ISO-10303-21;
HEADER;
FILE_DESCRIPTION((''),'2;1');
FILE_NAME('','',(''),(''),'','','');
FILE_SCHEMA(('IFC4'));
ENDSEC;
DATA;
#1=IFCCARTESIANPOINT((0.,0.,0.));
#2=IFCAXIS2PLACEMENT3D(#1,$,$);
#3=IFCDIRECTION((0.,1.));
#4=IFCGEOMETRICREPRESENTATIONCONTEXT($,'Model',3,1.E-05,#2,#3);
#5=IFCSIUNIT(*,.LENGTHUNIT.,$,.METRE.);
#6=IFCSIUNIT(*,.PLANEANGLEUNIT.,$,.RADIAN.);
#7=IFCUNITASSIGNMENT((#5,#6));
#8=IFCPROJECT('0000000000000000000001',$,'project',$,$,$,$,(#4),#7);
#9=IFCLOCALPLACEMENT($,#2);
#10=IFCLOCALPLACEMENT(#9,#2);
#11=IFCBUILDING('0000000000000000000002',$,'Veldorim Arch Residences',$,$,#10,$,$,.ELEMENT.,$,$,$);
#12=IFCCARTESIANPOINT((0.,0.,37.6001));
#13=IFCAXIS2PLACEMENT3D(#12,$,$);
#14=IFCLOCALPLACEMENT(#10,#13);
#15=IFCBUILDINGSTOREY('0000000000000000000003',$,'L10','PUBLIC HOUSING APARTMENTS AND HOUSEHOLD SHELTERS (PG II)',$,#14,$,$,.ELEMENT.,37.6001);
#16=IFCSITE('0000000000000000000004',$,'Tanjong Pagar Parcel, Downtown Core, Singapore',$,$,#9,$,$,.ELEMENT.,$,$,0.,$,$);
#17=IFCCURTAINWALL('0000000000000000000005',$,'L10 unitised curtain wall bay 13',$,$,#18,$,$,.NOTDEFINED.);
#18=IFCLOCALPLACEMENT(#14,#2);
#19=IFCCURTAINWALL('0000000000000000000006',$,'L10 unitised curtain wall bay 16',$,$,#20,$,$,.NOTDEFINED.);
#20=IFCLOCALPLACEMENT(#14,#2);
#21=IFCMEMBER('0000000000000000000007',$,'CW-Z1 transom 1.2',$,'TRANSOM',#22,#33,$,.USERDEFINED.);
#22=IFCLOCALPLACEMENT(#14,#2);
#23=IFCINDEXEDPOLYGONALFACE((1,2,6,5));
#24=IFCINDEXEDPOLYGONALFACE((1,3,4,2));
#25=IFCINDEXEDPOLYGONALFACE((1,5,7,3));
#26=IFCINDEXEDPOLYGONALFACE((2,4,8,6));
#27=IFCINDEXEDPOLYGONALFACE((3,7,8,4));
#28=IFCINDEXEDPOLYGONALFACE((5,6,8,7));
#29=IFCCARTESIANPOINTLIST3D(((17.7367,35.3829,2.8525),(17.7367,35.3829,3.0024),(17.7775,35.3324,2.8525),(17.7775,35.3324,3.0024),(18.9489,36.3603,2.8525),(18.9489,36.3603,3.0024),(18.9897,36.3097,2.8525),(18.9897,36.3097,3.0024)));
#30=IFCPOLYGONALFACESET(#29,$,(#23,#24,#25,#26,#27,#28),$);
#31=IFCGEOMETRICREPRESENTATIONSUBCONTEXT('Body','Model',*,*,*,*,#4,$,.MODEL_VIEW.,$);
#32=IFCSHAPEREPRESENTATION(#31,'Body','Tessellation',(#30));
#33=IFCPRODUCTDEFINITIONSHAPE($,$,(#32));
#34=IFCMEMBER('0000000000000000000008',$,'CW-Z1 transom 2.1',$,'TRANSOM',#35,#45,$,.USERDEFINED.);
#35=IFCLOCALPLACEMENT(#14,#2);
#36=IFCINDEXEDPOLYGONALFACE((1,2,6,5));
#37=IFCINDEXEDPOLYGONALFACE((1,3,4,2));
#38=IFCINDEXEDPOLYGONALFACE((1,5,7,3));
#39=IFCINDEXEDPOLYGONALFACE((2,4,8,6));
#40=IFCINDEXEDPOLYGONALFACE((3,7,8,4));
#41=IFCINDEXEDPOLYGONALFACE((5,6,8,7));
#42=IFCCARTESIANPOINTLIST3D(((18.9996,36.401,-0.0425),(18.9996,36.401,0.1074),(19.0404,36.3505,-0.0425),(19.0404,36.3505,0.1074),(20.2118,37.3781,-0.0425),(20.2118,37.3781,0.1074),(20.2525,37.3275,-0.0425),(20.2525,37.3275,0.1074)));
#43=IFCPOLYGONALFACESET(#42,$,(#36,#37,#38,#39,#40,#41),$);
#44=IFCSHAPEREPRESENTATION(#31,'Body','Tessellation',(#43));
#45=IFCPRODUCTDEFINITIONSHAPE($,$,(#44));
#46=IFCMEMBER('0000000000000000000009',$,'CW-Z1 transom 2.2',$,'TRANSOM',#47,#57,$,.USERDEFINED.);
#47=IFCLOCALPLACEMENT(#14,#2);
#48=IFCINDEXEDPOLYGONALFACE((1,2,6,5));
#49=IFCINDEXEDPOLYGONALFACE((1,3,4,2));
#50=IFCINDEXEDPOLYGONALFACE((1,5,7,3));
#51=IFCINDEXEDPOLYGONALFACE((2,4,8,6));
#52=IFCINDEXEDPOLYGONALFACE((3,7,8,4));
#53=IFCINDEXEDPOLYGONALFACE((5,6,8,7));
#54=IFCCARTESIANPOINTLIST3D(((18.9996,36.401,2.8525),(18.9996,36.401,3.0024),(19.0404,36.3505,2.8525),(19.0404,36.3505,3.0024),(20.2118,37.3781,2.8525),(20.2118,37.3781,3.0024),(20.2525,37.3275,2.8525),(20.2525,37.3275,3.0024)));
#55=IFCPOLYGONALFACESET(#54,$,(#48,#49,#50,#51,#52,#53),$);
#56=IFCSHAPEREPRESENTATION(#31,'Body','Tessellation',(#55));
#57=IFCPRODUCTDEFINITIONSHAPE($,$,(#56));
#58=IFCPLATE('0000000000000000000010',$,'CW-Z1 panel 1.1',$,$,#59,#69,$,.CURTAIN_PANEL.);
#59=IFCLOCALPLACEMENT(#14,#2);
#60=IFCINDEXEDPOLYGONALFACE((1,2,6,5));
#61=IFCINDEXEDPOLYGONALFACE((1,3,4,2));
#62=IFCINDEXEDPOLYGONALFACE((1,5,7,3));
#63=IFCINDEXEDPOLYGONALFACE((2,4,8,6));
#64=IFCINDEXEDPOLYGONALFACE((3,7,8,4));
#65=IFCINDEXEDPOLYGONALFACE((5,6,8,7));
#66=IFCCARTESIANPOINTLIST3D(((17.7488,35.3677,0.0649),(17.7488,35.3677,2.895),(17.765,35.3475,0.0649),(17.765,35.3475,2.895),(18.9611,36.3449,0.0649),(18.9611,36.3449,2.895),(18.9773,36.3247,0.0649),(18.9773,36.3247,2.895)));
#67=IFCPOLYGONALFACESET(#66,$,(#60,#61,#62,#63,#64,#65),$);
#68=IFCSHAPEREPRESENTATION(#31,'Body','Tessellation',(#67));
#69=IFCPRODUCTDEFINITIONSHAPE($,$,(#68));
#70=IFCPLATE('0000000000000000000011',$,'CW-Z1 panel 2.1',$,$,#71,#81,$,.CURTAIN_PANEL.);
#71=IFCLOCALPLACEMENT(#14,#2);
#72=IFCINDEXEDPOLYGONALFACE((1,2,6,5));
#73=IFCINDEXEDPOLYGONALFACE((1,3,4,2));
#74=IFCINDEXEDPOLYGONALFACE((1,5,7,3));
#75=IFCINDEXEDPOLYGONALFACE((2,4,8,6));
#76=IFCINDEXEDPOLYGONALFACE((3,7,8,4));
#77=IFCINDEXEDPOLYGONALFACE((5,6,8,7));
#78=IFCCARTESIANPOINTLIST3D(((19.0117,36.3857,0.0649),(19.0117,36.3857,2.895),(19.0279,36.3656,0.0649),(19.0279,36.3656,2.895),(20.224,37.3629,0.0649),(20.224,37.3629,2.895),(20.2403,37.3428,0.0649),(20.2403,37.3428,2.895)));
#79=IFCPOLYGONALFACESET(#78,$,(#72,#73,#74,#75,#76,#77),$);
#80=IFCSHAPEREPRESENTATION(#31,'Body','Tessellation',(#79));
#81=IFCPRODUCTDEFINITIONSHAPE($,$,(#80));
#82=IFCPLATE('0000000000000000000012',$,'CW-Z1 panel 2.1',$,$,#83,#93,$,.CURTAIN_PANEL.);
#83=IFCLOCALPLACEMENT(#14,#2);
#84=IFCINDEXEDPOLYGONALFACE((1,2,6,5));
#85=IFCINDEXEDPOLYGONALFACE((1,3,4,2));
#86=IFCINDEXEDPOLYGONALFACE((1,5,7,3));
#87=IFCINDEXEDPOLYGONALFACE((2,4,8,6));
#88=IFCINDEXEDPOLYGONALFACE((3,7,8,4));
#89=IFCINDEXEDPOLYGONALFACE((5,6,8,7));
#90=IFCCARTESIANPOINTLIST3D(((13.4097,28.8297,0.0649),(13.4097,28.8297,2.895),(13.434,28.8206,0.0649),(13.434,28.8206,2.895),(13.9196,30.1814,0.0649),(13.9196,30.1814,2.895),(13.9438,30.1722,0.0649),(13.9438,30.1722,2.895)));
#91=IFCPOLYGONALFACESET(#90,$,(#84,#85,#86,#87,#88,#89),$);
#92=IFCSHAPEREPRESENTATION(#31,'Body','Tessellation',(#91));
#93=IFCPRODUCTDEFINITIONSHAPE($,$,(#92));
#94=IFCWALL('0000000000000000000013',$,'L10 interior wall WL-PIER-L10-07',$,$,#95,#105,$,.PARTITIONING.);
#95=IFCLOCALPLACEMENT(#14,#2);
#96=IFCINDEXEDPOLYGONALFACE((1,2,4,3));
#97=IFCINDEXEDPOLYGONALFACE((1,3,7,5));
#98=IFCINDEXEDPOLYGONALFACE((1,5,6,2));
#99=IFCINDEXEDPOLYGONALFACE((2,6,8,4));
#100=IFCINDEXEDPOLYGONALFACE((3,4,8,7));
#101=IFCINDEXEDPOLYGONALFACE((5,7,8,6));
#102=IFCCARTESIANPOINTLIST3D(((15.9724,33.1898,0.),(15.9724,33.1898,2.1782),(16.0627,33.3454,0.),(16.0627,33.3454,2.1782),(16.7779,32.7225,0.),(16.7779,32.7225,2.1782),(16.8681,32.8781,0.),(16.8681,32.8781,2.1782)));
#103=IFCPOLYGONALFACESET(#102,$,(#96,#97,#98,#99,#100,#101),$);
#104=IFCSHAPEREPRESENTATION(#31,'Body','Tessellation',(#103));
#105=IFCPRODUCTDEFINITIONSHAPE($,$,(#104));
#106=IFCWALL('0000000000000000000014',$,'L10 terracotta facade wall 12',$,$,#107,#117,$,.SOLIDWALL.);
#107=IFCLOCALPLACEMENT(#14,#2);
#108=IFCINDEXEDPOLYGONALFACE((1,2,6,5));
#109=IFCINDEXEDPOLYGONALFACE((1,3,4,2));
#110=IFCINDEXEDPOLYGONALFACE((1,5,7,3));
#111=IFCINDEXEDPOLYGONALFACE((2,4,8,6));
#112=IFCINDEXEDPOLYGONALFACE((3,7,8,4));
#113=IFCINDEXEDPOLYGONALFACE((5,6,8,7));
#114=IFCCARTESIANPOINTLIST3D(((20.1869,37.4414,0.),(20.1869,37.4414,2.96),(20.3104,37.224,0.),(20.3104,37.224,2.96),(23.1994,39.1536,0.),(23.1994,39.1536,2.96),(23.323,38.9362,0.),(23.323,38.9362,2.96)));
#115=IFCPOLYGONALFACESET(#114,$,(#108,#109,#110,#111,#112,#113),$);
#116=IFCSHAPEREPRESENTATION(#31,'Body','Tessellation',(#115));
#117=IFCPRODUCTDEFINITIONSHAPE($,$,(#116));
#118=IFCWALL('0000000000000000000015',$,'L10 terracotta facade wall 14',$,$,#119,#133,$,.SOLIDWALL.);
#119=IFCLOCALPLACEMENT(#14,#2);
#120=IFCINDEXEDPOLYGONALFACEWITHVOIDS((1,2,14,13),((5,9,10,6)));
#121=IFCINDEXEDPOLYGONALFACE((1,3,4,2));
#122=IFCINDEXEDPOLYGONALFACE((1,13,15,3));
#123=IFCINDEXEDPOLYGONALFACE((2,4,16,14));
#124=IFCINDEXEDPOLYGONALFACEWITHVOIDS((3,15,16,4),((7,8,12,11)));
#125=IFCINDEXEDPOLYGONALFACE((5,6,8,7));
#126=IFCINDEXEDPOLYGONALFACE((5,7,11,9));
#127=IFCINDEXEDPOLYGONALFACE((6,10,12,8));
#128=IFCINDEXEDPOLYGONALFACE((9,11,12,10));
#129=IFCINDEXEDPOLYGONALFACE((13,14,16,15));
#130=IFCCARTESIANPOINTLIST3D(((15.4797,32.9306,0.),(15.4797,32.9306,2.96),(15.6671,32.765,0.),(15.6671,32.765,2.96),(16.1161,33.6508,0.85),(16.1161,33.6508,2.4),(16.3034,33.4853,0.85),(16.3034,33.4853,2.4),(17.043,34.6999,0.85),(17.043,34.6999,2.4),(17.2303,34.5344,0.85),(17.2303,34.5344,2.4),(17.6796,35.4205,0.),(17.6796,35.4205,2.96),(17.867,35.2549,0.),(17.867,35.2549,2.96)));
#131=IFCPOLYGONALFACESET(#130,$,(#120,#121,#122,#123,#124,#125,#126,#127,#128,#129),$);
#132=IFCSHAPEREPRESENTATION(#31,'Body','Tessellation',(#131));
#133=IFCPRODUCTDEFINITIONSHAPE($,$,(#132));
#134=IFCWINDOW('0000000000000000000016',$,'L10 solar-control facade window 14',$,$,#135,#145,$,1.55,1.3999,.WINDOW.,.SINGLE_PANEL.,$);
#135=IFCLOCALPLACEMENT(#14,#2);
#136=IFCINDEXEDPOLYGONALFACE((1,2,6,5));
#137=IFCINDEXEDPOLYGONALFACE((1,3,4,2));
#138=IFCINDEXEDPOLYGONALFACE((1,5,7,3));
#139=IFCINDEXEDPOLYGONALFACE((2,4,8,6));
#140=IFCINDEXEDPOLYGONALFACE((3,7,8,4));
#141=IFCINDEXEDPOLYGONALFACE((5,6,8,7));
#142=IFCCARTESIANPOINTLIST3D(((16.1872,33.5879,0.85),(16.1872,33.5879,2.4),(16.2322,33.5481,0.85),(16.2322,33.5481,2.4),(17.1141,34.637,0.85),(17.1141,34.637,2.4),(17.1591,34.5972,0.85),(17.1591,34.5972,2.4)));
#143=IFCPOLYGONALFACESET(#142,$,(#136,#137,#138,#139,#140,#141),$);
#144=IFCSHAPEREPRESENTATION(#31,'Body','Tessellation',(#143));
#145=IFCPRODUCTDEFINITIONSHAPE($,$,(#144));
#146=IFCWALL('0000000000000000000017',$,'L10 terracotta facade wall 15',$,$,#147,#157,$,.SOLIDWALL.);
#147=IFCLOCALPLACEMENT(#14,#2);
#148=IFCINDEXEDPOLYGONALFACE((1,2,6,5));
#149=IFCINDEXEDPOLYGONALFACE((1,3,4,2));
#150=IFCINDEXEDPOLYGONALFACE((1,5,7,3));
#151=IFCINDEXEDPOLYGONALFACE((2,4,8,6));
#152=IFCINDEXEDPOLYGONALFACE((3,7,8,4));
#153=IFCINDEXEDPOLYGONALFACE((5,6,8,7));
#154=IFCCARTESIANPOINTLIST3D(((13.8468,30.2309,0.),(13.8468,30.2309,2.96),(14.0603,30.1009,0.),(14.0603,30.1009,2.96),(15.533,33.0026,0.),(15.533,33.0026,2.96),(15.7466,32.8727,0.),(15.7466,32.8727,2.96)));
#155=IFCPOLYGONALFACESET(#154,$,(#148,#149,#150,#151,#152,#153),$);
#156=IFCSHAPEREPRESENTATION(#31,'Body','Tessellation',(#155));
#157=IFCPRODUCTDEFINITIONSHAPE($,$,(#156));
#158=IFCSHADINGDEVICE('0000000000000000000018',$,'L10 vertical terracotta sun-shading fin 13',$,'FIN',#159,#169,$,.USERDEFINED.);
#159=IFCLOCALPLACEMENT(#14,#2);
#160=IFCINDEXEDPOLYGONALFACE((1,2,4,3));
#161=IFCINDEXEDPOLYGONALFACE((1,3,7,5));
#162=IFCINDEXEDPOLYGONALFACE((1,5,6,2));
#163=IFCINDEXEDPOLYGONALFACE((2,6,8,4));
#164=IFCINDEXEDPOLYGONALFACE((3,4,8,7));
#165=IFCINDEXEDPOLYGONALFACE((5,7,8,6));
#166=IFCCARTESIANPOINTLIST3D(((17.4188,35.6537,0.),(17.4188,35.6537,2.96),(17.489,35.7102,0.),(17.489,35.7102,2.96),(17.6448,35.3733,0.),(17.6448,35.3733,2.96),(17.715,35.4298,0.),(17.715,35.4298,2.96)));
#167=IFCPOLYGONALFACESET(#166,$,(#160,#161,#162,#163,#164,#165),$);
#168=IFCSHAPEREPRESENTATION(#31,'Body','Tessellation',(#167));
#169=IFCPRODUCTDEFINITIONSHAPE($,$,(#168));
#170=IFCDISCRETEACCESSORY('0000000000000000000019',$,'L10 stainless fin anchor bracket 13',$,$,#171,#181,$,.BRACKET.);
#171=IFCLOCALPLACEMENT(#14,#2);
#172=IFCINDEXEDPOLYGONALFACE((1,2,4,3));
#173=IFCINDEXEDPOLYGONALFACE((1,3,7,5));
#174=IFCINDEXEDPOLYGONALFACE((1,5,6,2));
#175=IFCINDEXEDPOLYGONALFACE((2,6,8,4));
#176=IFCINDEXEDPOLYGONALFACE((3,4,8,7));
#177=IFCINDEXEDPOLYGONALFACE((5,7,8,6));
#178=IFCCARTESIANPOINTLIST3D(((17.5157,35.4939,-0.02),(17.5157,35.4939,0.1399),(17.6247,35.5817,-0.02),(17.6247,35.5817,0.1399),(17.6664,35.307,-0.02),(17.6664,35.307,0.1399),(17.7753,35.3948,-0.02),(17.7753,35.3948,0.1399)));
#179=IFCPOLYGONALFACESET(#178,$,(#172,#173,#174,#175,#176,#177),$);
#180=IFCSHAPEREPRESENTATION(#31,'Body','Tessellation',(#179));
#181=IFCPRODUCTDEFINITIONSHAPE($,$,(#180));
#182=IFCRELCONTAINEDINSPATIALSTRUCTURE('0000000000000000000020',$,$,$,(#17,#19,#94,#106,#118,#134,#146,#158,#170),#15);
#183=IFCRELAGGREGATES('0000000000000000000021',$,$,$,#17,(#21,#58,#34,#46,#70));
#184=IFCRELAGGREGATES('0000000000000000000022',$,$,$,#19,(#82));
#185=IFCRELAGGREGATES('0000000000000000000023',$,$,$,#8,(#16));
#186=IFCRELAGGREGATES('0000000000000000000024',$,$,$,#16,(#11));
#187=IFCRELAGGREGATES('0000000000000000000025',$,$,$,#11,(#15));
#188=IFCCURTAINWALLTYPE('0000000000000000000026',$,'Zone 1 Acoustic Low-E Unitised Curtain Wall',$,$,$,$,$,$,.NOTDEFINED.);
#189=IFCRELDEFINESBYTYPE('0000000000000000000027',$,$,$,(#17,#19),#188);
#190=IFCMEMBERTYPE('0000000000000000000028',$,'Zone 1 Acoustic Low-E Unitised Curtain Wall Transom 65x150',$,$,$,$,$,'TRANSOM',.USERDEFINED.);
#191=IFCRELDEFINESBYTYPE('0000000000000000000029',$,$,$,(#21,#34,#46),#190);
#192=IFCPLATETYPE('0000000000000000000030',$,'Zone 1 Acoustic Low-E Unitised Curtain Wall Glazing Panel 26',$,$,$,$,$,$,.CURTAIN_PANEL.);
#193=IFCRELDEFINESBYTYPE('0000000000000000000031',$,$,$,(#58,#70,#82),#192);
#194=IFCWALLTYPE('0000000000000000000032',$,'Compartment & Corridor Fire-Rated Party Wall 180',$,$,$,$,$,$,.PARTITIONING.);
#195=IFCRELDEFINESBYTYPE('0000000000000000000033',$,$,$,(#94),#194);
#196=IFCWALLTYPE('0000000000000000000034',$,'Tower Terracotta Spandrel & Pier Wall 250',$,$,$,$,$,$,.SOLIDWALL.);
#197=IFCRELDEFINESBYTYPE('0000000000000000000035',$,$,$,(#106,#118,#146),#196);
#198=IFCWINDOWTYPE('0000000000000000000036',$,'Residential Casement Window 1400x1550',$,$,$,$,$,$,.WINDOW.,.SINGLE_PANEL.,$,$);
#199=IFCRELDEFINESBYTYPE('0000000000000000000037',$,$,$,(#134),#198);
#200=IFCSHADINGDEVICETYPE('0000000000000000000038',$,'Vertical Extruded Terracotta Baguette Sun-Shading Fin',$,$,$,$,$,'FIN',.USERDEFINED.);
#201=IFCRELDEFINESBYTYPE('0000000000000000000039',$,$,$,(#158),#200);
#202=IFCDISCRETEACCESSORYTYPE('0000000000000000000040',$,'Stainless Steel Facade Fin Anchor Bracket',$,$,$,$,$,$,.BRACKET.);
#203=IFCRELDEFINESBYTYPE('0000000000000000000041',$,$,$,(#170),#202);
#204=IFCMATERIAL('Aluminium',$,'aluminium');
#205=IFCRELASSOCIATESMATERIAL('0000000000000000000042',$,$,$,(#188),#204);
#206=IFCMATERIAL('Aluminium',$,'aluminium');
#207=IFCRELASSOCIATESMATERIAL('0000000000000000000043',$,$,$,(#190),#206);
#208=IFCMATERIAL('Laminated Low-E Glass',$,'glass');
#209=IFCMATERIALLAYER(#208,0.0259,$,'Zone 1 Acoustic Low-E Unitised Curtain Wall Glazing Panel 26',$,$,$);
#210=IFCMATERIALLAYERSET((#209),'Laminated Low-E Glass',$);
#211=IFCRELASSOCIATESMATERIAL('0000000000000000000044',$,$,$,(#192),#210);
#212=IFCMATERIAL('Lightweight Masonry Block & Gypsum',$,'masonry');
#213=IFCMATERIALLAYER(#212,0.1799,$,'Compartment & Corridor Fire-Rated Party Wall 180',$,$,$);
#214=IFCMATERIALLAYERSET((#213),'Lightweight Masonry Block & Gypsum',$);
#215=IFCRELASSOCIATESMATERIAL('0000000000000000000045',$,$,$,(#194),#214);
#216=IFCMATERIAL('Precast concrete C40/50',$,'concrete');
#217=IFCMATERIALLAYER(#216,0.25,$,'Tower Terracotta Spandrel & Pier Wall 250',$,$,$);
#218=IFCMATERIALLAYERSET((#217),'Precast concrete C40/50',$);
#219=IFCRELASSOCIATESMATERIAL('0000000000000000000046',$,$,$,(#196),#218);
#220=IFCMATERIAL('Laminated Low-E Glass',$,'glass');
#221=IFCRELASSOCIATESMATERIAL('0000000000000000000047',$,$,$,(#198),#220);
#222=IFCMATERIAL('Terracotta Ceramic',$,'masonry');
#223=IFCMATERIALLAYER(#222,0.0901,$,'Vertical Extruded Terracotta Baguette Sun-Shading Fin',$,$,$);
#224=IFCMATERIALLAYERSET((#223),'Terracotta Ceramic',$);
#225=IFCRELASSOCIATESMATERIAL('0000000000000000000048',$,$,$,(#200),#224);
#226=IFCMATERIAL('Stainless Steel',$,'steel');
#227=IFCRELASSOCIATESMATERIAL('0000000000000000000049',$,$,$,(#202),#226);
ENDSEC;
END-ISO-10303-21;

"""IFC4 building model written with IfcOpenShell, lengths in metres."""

from ifc_helpers import new_model, si_unit, direction, frame, frame_2d, origin, origin_2d, place, context, subcontext, project, spatial, rectangle, extrude, material, layer, layer_set, material_profile, profile_set, type_object, element, fill, aggregate, save


model = new_model("IFC4")

# Units and contexts
model_context = context("Model", 3, precision=1e-05, world=origin(), true_north=direction((0.0, 1.0)))
body_context = subcontext(model_context, "Body", "Model", "MODEL_VIEW")
ifc_project = project(units=[si_unit("LENGTHUNIT", "METRE"), si_unit("PLANEANGLEUNIT", "RADIAN")], contexts=[model_context])

# Site, building, storey
site_placement = place(None, origin())
site = spatial("IfcSite", under=ifc_project, at=site_placement, Name="Tanjong Pagar Parcel, Downtown Core, Singapore", CompositionType="ELEMENT", RefElevation=0.0)
building_placement = place(site_placement, origin())
building = spatial("IfcBuilding", under=site, at=building_placement, Name="Veldorim Arch Residences", CompositionType="ELEMENT")
storey_placement = place(building_placement, frame((0.0, 0.0, 37.6001)))
storey = spatial("IfcBuildingStorey", under=building, at=storey_placement, Name="L10", Description="PUBLIC HOUSING APARTMENTS AND HOUSEHOLD SHELTERS (PG II)", CompositionType="ELEMENT", Elevation=37.6001)

# Curtain wall
ifc_material_1 = material(Name="Aluminium", Category="aluminium")
curtain_wall_type = type_object("IfcCurtainWallType", Name="Zone 1 Acoustic Low-E Unitised Curtain Wall", PredefinedType="NOTDEFINED", material=ifc_material_1)
curtain_wall_1_placement = place(storey_placement, origin())
curtain_wall_1 = element("IfcCurtainWall", 1, at=curtain_wall_1_placement, inside=storey, type_object=curtain_wall_type, Name="L10 unitised curtain wall bay 13", PredefinedType="NOTDEFINED")

# Curtain wall
curtain_wall_2_placement = place(storey_placement, origin())
curtain_wall_2 = element("IfcCurtainWall", 2, at=curtain_wall_2_placement, inside=storey, type_object=curtain_wall_type, Name="L10 unitised curtain wall bay 16", PredefinedType="NOTDEFINED")

# Members
ifc_material_2 = material(Name="Aluminium", Category="aluminium")
ifc_material_profile_1 = material_profile(ifc_material_2, rectangle(XDim=0.0649, YDim=0.1499, at=origin_2d()), Name="ALU_TRN_65x150")
ifc_profile_set_1 = profile_set([ifc_material_profile_1], Name="Aluminium")
member_type_1 = type_object("IfcMemberType", Name="Zone 1 Acoustic Low-E Unitised Curtain Wall Transom 65x150", ElementType="TRANSOM", PredefinedType="USERDEFINED", material=ifc_profile_set_1)
member_1_placement = place(storey_placement, frame((17.7571, 35.3577, 2.9275), z_axis=(0.778492, 0.627654, 0.0), x_axis=(-0.627654, 0.778492, 0.0)))
member_1 = element("IfcMember", 3, at=member_1_placement, type_object=member_type_1, Name="CW-Z1 transom 1.2", ObjectType="TRANSOM", PredefinedType="USERDEFINED", context=body_context, shape_type="SweptSolid", body=[
    extrude(rectangle(XDim=0.0649, YDim=0.1499, at=origin_2d()), origin(), (0.0, 0.0, 1.0), 1.5571),
])
member_2_placement = place(storey_placement, frame((19.02, 36.3757, 0.0325), z_axis=(0.778569, 0.627559, 0.0), x_axis=(-0.627559, 0.778569, 0.0)))
member_2 = element("IfcMember", 4, at=member_2_placement, type_object=member_type_1, Name="CW-Z1 transom 2.1", ObjectType="TRANSOM", PredefinedType="USERDEFINED", context=body_context, shape_type="SweptSolid", body=[
    extrude(rectangle(XDim=0.0649, YDim=0.1499, at=origin_2d()), origin(), (0.0, 0.0, 1.0), 1.5569),
])
member_3_placement = place(storey_placement, frame((19.02, 36.3757, 2.9275), z_axis=(0.778569, 0.627559, 0.0), x_axis=(-0.627559, 0.778569, 0.0)))
member_3 = element("IfcMember", 5, at=member_3_placement, type_object=member_type_1, Name="CW-Z1 transom 2.2", ObjectType="TRANSOM", PredefinedType="USERDEFINED", context=body_context, shape_type="SweptSolid", body=[
    extrude(rectangle(XDim=0.0649, YDim=0.1499, at=origin_2d()), origin(), (0.0, 0.0, 1.0), 1.5569),
])

# Plates
ifc_material_3 = material(Name="Laminated Low-E Glass", Category="glass")
ifc_layer_1 = layer(ifc_material_3, 0.0259, Name="Zone 1 Acoustic Low-E Unitised Curtain Wall Glazing Panel 26")
ifc_layer_set_1 = layer_set([ifc_layer_1], Name="Laminated Low-E Glass")
plate_type = type_object("IfcPlateType", Name="Zone 1 Acoustic Low-E Unitised Curtain Wall Glazing Panel 26", PredefinedType="CURTAIN_PANEL", material=ifc_layer_set_1)
plate_1_placement = place(storey_placement, frame((18.363, 35.8462, 0.0649), z_axis=(0.0, 0.0, 1.0), x_axis=(0.778567, 0.627562, 0.0)))
plate_1 = element("IfcPlate", 6, at=plate_1_placement, type_object=plate_type, Name="CW-Z1 panel 1.1", PredefinedType="CURTAIN_PANEL", context=body_context, shape_type="SweptSolid", body=[
    extrude(rectangle(XDim=1.5571, YDim=0.0259, at=origin_2d()), origin(), (0.0, 0.0, 1.0), 2.8301),
])
plate_2_placement = place(storey_placement, frame((19.626, 36.8643, 0.0649), z_axis=(0.0, 0.0, 1.0), x_axis=(0.778567, 0.627562, 0.0)))
plate_2 = element("IfcPlate", 7, at=plate_2_placement, type_object=plate_type, Name="CW-Z1 panel 2.1", PredefinedType="CURTAIN_PANEL", context=body_context, shape_type="SweptSolid", body=[
    extrude(rectangle(XDim=1.5571, YDim=0.0259, at=origin_2d()), origin(), (0.0, 0.0, 1.0), 2.8301),
])
aggregate(curtain_wall_1, [member_1, plate_1, member_2, member_3, plate_2])
plate_3_placement = place(storey_placement, frame((13.6768, 29.501, 0.0649), z_axis=(0.0, 0.0, 1.0), x_axis=(0.352914, 0.935656, 0.0)))
plate_3 = element("IfcPlate", 8, at=plate_3_placement, type_object=plate_type, Name="CW-Z1 panel 2.1", PredefinedType="CURTAIN_PANEL", context=body_context, shape_type="SweptSolid", body=[
    extrude(rectangle(XDim=1.4446, YDim=0.0259, at=origin_2d()), origin(), (0.0, 0.0, 1.0), 2.8301),
])
aggregate(curtain_wall_2, [plate_3])

# Walls
ifc_material_4 = material(Name="Lightweight Masonry Block & Gypsum", Category="masonry")
ifc_layer_2 = layer(ifc_material_4, 0.1799, Name="Compartment & Corridor Fire-Rated Party Wall 180")
ifc_layer_set_2 = layer_set([ifc_layer_2], Name="Lightweight Masonry Block & Gypsum")
wall_type_1 = type_object("IfcWallType", Name="Compartment & Corridor Fire-Rated Party Wall 180", PredefinedType="PARTITIONING", material=ifc_layer_set_2)
wall_1_placement = place(storey_placement, frame((16.823, 32.8003, 0.0), z_axis=(0.0, 0.0, 1.0), x_axis=(-0.864965, 0.501832, 0.0)))
element("IfcWall", 9, at=wall_1_placement, inside=storey, type_object=wall_type_1, Name="L10 interior wall WL-PIER-L10-07", PredefinedType="PARTITIONING", context=body_context, shape_type="SweptSolid", body=[
    extrude(rectangle(XDim=0.9312, YDim=0.1799, at=frame_2d((0.4656, 0.0))), origin(), (0.0, 0.0, 1.0), 2.1782),
])
ifc_material_5 = material(Name="Precast concrete C40/50", Category="concrete")
ifc_layer_3 = layer(ifc_material_5, 0.25, Name="Tower Terracotta Spandrel & Pier Wall 250")
ifc_layer_set_3 = layer_set([ifc_layer_3], Name="Precast concrete C40/50")
wall_type_2 = type_object("IfcWallType", Name="Tower Terracotta Spandrel & Pier Wall 250", PredefinedType="SOLIDWALL", material=ifc_layer_set_3)
wall_2_placement = place(storey_placement, frame((20.2488, 37.3328, 0.0), z_axis=(0.0, 0.0, 1.0), x_axis=(0.86939, 0.494127, 0.0)))
element("IfcWall", 10, at=wall_2_placement, inside=storey, type_object=wall_type_2, Name="L10 terracotta facade wall 12", PredefinedType="SOLIDWALL", context=body_context, shape_type="SweptSolid", body=[
    extrude(rectangle(XDim=3.4651, YDim=0.25, at=frame_2d((1.7324, 0.0))), origin(), (0.0, 0.0, 1.0), 2.96),
])

# Wall, opening, window
wall_3_placement = place(storey_placement, frame((15.5735, 32.8479, 0.0), z_axis=(0.0, 0.0, 1.0), x_axis=(0.662112, 0.749405, 0.0)))
wall_3 = element("IfcWall", 11, at=wall_3_placement, inside=storey, type_object=wall_type_2, Name="L10 terracotta facade wall 14", PredefinedType="SOLIDWALL", context=body_context, shape_type="SweptSolid", body=[
    extrude(rectangle(XDim=3.3225, YDim=0.25, at=frame_2d((1.6611, 0.0))), origin(), (0.0, 0.0, 1.0), 2.96),
])
opening_placement = place(wall_3_placement, frame((0.9609, 0.0, 0.8501)))
opening = element("IfcOpeningElement", 12, at=opening_placement, cuts=wall_3, PredefinedType="OPENING", context=body_context, shape_type="SweptSolid", body=[
    extrude(rectangle(XDim=1.3999, YDim=1.55, at=frame_2d((0.7, 0.7749))), frame((0.0, 0.135, 0.0), z_axis=(0.0, -1.0, 0.0), x_axis=(1.0, 0.0, 0.0)), (0.0, 0.0, 1.0), 0.27),
])
ifc_material_6 = material(Name="Laminated Low-E Glass", Category="glass")
window_type = type_object("IfcWindowType", Name="Residential Casement Window 1400x1550", PartitioningType="SINGLE_PANEL", PredefinedType="WINDOW", material=ifc_material_6)
window_placement = place(opening_placement, origin())
window = element("IfcWindow", 13, at=window_placement, inside=storey, type_object=window_type, Name="L10 solar-control facade window 14", OverallHeight=1.55, OverallWidth=1.3999, PartitioningType="SINGLE_PANEL", PredefinedType="WINDOW", context=body_context, shape_type="SweptSolid", body=[
    extrude(rectangle(XDim=1.3999, YDim=1.55, at=frame_2d((0.7, 0.7749))), frame((0.0, 0.03, 0.0), z_axis=(0.0, -1.0, 0.0), x_axis=(1.0, 0.0, 0.0)), (0.0, 0.0, 1.0), 0.0601),
])
fill(opening, window)

# Wall
wall_4_placement = place(storey_placement, frame((13.9536, 30.166, 0.0), z_axis=(0.0, 0.0, 1.0), x_axis=(0.519754, 0.854316, 0.0)))
element("IfcWall", 14, at=wall_4_placement, inside=storey, type_object=wall_type_2, Name="L10 terracotta facade wall 15", PredefinedType="SOLIDWALL", context=body_context, shape_type="SweptSolid", body=[
    extrude(rectangle(XDim=3.2444, YDim=0.25, at=frame_2d((1.6221, 0.0))), origin(), (0.0, 0.0, 1.0), 2.96),
])

# Shading device
ifc_material_7 = material(Name="Terracotta Ceramic", Category="masonry")
ifc_layer_4 = layer(ifc_material_7, 0.0901, Name="Vertical Extruded Terracotta Baguette Sun-Shading Fin")
ifc_layer_set_4 = layer_set([ifc_layer_4], Name="Terracotta Ceramic")
shading_device_type = type_object("IfcShadingDeviceType", Name="Vertical Extruded Terracotta Baguette Sun-Shading Fin", ElementType="FIN", PredefinedType="USERDEFINED", material=ifc_layer_set_4)
shading_device_placement = place(storey_placement, frame((17.5669, 35.5417, 0.0), z_axis=(0.0, 0.0, 1.0), x_axis=(0.778572, 0.627555, 0.0)))
element("IfcShadingDevice", 15, at=shading_device_placement, inside=storey, type_object=shading_device_type, Name="L10 vertical terracotta sun-shading fin 13", ObjectType="FIN", PredefinedType="USERDEFINED", context=body_context, shape_type="SweptSolid", body=[
    extrude(rectangle(XDim=0.0901, YDim=0.3601, at=origin_2d()), origin(), (0.0, 0.0, 1.0), 2.96),
])

# Discrete accessory
ifc_material_8 = material(Name="Stainless Steel", Category="steel")
discrete_accessory_type = type_object("IfcDiscreteAccessoryType", Name="Stainless Steel Facade Fin Anchor Bracket", PredefinedType="BRACKET", material=ifc_material_8)
discrete_accessory_placement = place(storey_placement, frame((17.6455, 35.4443, -0.02), z_axis=(0.0, 0.0, 1.0), x_axis=(0.778572, 0.627555, 0.0)))
element("IfcDiscreteAccessory", 16, at=discrete_accessory_placement, inside=storey, type_object=discrete_accessory_type, Name="L10 stainless fin anchor bracket 13", PredefinedType="BRACKET", context=body_context, shape_type="SweptSolid", body=[
    extrude(rectangle(XDim=0.1399, YDim=0.24, at=origin_2d()), origin(), (0.0, 0.0, 1.0), 0.1599),
])

save(model, "model.ifc")
